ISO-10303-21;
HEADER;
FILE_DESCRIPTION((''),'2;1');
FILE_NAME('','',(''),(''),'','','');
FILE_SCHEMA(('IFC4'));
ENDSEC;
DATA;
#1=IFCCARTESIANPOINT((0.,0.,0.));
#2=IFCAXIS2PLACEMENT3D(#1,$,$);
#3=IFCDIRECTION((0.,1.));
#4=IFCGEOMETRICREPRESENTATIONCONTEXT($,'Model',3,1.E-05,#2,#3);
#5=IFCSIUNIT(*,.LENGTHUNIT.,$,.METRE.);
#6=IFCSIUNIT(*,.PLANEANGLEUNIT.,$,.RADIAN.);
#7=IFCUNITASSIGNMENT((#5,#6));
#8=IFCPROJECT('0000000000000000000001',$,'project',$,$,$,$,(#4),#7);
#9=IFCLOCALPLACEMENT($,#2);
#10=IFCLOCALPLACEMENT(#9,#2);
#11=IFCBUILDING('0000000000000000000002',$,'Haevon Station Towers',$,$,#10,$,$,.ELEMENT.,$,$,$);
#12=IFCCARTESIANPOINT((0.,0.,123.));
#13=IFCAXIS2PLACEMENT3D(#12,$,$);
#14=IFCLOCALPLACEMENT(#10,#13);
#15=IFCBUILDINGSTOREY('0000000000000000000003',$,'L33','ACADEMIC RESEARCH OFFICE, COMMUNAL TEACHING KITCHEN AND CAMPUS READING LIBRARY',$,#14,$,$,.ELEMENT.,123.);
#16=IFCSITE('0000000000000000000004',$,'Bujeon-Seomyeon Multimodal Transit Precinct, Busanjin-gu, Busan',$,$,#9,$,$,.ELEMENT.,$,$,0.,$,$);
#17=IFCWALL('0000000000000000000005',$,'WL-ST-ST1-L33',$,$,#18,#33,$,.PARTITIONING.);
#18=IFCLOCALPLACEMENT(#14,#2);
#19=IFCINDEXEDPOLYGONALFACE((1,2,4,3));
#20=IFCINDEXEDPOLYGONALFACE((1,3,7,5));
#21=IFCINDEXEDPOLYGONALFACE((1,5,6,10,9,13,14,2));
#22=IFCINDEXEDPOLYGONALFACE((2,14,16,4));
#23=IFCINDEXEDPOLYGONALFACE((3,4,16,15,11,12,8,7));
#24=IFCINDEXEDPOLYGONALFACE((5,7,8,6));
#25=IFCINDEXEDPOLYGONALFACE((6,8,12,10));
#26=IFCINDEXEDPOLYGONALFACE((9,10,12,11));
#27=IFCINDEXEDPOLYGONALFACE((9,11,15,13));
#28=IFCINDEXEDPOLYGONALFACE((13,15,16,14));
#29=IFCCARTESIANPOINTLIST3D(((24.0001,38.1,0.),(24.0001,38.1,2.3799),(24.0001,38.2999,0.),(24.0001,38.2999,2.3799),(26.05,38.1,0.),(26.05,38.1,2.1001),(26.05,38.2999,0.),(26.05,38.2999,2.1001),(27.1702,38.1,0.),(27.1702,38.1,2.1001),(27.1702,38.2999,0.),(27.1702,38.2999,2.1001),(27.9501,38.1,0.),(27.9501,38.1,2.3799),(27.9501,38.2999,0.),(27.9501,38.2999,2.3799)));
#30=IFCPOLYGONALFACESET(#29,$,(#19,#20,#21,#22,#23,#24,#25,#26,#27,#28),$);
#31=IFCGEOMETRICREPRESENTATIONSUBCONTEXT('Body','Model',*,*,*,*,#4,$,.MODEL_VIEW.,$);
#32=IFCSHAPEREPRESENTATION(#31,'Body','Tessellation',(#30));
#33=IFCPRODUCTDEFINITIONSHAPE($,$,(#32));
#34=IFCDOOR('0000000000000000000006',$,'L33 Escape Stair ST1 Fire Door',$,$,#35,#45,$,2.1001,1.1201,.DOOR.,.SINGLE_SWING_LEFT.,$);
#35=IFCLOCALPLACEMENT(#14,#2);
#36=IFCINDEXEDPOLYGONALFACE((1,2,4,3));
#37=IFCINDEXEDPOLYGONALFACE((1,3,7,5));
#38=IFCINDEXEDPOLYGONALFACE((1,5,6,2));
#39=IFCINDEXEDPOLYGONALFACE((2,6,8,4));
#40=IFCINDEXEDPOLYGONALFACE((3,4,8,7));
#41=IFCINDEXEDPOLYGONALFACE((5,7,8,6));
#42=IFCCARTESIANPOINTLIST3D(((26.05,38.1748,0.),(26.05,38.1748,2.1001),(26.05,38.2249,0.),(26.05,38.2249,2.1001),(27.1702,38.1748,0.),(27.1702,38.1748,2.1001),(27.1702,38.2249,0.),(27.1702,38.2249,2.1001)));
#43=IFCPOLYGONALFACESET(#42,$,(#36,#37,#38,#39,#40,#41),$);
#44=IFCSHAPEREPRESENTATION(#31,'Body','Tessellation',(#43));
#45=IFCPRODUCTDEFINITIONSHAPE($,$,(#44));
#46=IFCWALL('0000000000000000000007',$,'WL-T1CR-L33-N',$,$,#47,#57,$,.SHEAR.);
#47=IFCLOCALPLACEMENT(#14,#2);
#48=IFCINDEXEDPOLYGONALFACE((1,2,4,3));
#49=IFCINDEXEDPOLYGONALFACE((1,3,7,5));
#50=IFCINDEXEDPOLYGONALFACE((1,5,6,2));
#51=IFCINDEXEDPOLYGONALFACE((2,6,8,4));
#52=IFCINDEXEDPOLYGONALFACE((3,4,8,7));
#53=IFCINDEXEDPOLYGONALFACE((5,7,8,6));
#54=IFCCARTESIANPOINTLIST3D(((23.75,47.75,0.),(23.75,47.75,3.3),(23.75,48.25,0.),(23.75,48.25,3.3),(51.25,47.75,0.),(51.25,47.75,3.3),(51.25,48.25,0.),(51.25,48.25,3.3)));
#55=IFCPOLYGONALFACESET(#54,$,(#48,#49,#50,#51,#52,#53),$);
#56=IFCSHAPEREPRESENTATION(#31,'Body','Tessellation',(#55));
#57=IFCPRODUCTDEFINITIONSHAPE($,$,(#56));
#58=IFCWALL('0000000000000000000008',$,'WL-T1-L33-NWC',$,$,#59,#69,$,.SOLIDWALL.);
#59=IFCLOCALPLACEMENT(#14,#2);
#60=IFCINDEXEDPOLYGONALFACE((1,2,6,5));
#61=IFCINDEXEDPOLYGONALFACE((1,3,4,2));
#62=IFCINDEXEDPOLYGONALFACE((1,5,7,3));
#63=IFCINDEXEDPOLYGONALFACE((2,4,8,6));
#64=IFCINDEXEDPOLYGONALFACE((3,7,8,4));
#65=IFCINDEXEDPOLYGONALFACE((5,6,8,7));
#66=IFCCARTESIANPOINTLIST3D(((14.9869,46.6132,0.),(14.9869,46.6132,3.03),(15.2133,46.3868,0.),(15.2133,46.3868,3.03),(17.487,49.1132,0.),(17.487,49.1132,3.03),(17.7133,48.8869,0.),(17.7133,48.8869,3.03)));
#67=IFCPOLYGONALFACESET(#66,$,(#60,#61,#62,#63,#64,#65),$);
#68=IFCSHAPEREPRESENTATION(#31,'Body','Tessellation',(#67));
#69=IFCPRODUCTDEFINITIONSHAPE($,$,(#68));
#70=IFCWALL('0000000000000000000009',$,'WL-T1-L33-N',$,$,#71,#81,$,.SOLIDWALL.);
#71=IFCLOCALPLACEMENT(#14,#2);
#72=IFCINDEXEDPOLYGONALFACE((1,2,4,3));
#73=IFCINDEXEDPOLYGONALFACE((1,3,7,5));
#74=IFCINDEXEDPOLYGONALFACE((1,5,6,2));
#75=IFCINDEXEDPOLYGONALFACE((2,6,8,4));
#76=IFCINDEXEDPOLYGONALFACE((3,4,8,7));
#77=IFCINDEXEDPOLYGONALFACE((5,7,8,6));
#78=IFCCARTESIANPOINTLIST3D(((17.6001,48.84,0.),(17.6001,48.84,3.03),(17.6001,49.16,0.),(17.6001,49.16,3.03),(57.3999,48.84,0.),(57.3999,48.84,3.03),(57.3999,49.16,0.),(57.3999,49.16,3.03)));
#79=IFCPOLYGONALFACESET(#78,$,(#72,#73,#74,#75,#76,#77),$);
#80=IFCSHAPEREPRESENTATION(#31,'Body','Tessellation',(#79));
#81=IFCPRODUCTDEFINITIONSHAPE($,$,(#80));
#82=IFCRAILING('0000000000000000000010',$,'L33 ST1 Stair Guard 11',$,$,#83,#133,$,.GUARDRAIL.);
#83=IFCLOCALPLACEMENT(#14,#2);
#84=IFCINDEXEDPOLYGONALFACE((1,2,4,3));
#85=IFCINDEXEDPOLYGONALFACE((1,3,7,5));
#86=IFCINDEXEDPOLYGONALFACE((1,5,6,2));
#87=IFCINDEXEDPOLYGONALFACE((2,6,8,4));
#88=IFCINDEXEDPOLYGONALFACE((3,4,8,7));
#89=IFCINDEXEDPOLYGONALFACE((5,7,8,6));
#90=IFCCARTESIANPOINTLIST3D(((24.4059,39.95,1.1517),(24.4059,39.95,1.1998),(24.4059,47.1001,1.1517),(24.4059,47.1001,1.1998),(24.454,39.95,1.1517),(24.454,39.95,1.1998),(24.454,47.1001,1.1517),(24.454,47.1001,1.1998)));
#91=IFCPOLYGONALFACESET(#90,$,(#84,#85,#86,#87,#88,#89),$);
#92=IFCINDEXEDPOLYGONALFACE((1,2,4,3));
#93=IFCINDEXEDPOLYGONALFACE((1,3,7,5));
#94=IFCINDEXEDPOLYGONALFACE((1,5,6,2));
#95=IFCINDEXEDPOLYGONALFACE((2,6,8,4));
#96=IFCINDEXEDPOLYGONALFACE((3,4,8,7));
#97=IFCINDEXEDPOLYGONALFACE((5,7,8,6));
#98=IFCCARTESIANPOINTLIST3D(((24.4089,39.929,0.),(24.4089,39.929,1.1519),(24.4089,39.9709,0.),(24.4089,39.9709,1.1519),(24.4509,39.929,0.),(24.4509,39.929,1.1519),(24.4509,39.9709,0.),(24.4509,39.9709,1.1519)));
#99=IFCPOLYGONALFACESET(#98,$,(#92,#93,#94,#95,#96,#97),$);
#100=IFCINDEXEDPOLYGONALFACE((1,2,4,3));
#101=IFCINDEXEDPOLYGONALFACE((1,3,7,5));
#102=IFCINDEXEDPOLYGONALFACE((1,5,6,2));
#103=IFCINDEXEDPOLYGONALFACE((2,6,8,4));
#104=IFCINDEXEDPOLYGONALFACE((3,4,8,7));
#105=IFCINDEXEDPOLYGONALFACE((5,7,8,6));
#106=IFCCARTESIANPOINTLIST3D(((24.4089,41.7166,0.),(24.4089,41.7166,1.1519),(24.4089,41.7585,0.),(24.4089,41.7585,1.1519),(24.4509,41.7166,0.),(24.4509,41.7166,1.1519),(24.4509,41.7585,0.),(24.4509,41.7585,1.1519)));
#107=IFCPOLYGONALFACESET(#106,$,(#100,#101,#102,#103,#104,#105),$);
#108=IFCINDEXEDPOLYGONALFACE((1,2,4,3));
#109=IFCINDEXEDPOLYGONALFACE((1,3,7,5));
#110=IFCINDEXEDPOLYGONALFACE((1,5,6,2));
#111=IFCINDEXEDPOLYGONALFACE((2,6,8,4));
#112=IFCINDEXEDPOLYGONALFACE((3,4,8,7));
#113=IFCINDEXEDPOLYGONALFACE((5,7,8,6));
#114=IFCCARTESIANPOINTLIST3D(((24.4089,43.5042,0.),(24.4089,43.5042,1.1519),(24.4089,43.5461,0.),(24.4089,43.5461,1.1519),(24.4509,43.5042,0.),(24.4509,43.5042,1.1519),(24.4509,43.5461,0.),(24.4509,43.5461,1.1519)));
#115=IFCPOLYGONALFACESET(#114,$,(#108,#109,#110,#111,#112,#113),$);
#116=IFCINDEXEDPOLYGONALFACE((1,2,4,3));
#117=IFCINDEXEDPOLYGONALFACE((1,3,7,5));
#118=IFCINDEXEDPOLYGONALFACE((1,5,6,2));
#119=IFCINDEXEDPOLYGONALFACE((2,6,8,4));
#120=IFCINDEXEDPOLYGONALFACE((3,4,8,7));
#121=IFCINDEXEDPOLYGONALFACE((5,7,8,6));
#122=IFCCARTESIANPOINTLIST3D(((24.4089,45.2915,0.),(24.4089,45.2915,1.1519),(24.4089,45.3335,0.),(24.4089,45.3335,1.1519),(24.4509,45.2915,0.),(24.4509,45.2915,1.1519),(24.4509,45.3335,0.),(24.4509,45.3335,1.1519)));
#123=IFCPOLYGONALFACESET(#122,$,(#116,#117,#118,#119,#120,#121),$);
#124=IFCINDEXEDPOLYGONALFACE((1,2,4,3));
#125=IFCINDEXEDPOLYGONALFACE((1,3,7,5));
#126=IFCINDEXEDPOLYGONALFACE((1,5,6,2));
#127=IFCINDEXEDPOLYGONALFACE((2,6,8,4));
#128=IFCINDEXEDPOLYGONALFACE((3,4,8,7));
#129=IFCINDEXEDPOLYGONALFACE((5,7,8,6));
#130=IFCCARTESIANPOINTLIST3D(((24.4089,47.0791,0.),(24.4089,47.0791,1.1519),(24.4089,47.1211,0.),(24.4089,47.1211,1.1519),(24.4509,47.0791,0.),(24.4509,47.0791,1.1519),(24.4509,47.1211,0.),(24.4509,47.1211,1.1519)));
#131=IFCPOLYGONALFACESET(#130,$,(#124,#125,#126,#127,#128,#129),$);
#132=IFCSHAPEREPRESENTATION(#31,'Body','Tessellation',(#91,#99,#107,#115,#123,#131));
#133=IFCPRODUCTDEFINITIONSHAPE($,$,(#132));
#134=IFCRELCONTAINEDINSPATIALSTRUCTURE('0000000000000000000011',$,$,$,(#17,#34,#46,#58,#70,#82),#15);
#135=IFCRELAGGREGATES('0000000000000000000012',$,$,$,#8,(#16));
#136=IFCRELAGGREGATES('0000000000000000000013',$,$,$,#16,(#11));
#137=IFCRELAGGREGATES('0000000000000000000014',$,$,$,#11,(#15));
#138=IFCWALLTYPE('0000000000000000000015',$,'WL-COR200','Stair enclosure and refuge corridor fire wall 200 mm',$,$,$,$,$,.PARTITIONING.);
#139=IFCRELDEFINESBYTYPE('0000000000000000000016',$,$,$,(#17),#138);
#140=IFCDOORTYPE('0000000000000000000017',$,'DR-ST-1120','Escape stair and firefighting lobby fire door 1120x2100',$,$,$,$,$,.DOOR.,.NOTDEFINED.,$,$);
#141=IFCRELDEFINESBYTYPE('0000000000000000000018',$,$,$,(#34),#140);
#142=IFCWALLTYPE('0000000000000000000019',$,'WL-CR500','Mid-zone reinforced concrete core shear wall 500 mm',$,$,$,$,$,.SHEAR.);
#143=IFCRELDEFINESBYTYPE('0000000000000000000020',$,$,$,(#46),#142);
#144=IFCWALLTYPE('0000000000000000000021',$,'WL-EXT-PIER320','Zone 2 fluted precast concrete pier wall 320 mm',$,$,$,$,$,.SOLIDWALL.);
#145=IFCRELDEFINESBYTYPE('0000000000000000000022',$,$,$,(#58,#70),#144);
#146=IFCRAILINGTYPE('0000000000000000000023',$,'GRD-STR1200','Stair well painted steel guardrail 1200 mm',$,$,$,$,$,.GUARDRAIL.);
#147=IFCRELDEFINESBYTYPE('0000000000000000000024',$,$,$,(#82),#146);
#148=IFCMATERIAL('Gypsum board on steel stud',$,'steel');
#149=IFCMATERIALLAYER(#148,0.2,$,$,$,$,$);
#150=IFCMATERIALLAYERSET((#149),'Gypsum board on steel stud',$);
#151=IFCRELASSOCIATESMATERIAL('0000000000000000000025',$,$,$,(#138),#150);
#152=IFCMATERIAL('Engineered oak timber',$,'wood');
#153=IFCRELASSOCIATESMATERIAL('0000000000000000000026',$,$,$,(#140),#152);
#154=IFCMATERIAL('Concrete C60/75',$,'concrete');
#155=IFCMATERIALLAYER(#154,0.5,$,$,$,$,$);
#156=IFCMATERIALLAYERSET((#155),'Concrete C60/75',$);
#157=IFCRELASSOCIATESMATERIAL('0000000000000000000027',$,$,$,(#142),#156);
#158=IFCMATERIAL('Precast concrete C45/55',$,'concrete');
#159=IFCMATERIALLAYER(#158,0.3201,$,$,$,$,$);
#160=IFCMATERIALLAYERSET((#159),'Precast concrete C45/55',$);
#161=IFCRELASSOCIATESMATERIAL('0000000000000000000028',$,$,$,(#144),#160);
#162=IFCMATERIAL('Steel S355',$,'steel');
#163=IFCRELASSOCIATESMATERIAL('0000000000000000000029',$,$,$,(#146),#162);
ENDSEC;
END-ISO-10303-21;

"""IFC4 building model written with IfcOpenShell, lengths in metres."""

from ifc_helpers import new_model, si_unit, direction, frame, frame_2d, origin, origin_2d, place, context, subcontext, project, spatial, rectangle, extrude, material, layer, layer_set, type_object, element, fill, save


model = new_model("IFC4")

# Units and contexts
model_context = context("Model", 3, precision=1e-05, world=origin(), true_north=direction((0.0, 1.0)))
body_context = subcontext(model_context, "Body", "Model", "MODEL_VIEW")
ifc_project = project(units=[si_unit("LENGTHUNIT", "METRE"), si_unit("PLANEANGLEUNIT", "RADIAN")], contexts=[model_context])

# Site, building, storey
site_placement = place(None, origin())
site = spatial("IfcSite", under=ifc_project, at=site_placement, Name="Bujeon-Seomyeon Multimodal Transit Precinct, Busanjin-gu, Busan", CompositionType="ELEMENT", RefElevation=0.0)
building_placement = place(site_placement, origin())
building = spatial("IfcBuilding", under=site, at=building_placement, Name="Haevon Station Towers", CompositionType="ELEMENT")
storey_placement = place(building_placement, frame((0.0, 0.0, 123.0)))
storey = spatial("IfcBuildingStorey", under=building, at=storey_placement, Name="L33", Description="ACADEMIC RESEARCH OFFICE, COMMUNAL TEACHING KITCHEN AND CAMPUS READING LIBRARY", CompositionType="ELEMENT", Elevation=123.0)

# Shared definitions
ifc_material_1 = material(Name="Steel S355", Category="steel")

# Wall, opening, door
ifc_material_2 = material(Name="Gypsum board on steel stud", Category="steel")
ifc_layer_1 = layer(ifc_material_2, 0.2)
ifc_layer_set_1 = layer_set([ifc_layer_1], Name="Gypsum board on steel stud")
wall_type_1 = type_object("IfcWallType", Name="WL-COR200", Description="Stair enclosure and refuge corridor fire wall 200 mm", PredefinedType="PARTITIONING", material=ifc_layer_set_1)
wall_1_placement = place(storey_placement, frame((24.0, 38.2, 0.0), z_axis=(0.0, 0.0, 1.0), x_axis=(1.0, 0.0, 0.0)))
wall_1 = element("IfcWall", 1, at=wall_1_placement, inside=storey, type_object=wall_type_1, Name="WL-ST-ST1-L33", PredefinedType="PARTITIONING", context=body_context, shape_type="SweptSolid", body=[
    extrude(rectangle(XDim=3.95, YDim=0.2, at=frame_2d((1.9751, 0.0))), origin(), (0.0, 0.0, 1.0), 2.3799),
])
opening_placement = place(wall_1_placement, frame((2.05, 0.0, 0.0)))
opening = element("IfcOpeningElement", 2, at=opening_placement, cuts=wall_1, PredefinedType="OPENING", context=body_context, shape_type="SweptSolid", body=[
    extrude(rectangle(XDim=1.1201, YDim=2.1001, at=frame_2d((0.5601, 1.05))), frame((0.0, 0.1099, 0.0), z_axis=(0.0, -1.0, 0.0), x_axis=(1.0, 0.0, 0.0)), (0.0, 0.0, 1.0), 0.22),
])
ifc_material_3 = material(Name="Engineered oak timber", Category="wood")
door_type = type_object("IfcDoorType", Name="DR-ST-1120", Description="Escape stair and firefighting lobby fire door 1120x2100", OperationType="NOTDEFINED", PredefinedType="DOOR", material=ifc_material_3)
door_placement = place(opening_placement, origin())
door = element("IfcDoor", 3, at=door_placement, inside=storey, type_object=door_type, Name="L33 Escape Stair ST1 Fire Door", OperationType="SINGLE_SWING_LEFT", OverallHeight=2.1001, OverallWidth=1.1201, PredefinedType="DOOR", context=body_context, shape_type="SweptSolid", body=[
    extrude(rectangle(XDim=1.1201, YDim=2.1001, at=frame_2d((0.5601, 1.05))), frame((0.0, 0.0249, 0.0), z_axis=(0.0, -1.0, 0.0), x_axis=(1.0, 0.0, 0.0)), (0.0, 0.0, 1.0), 0.05),
])
fill(opening, door)

# Walls
ifc_material_4 = material(Name="Concrete C60/75", Category="concrete")
ifc_layer_2 = layer(ifc_material_4, 0.5)
ifc_layer_set_2 = layer_set([ifc_layer_2], Name="Concrete C60/75")
wall_type_2 = type_object("IfcWallType", Name="WL-CR500", Description="Mid-zone reinforced concrete core shear wall 500 mm", PredefinedType="SHEAR", material=ifc_layer_set_2)
wall_2_placement = place(storey_placement, frame((23.75, 48.0, 0.0), z_axis=(0.0, 0.0, 1.0), x_axis=(1.0, 0.0, 0.0)))
element("IfcWall", 4, at=wall_2_placement, inside=storey, type_object=wall_type_2, Name="WL-T1CR-L33-N", PredefinedType="SHEAR", context=body_context, shape_type="SweptSolid", body=[
    extrude(rectangle(XDim=27.5, YDim=0.5, at=frame_2d((13.75, 0.0))), origin(), (0.0, 0.0, 1.0), 3.3),
])
ifc_material_5 = material(Name="Precast concrete C45/55", Category="concrete")
ifc_layer_3 = layer(ifc_material_5, 0.3201)
ifc_layer_set_3 = layer_set([ifc_layer_3], Name="Precast concrete C45/55")
wall_type_3 = type_object("IfcWallType", Name="WL-EXT-PIER320", Description="Zone 2 fluted precast concrete pier wall 320 mm", PredefinedType="SOLIDWALL", material=ifc_layer_set_3)
wall_3_placement = place(storey_placement, frame((15.1001, 46.5, 0.0), z_axis=(0.0, 0.0, 1.0), x_axis=(0.707107, 0.707107, 0.0)))
element("IfcWall", 5, at=wall_3_placement, inside=storey, type_object=wall_type_3, Name="WL-T1-L33-NWC", PredefinedType="SOLIDWALL", context=body_context, shape_type="SweptSolid", body=[
    extrude(rectangle(XDim=3.5356, YDim=0.3201, at=frame_2d((1.7678, 0.0))), origin(), (0.0, 0.0, 1.0), 3.03),
])
wall_4_placement = place(storey_placement, frame((17.6001, 49.0, 0.0), z_axis=(0.0, 0.0, 1.0), x_axis=(1.0, 0.0, 0.0)))
element("IfcWall", 6, at=wall_4_placement, inside=storey, type_object=wall_type_3, Name="WL-T1-L33-N", PredefinedType="SOLIDWALL", context=body_context, shape_type="SweptSolid", body=[
    extrude(rectangle(XDim=39.7998, YDim=0.3201, at=frame_2d((19.8999, 0.0))), origin(), (0.0, 0.0, 1.0), 3.03),
])

# Railing
railing_type = type_object("IfcRailingType", Name="GRD-STR1200", Description="Stair well painted steel guardrail 1200 mm", PredefinedType="GUARDRAIL", material=ifc_material_1)
railing_placement = place(storey_placement, frame((24.4299, 39.95, 0.0)))
element("IfcRailing", 7, at=railing_placement, inside=storey, type_object=railing_type, Name="L33 ST1 Stair Guard 11", PredefinedType="GUARDRAIL", context=body_context, shape_type="SweptSolid", body=[
    extrude(rectangle(XDim=0.0481, YDim=0.0481, at=origin_2d()), frame((0.0, 0.0, 1.1758), z_axis=(0.0, 1.0, 0.0), x_axis=(-1.0, 0.0, 0.0)), (0.0, 0.0, 1.0), 7.1501),
    extrude(rectangle(XDim=0.042, YDim=0.042, at=origin_2d()), origin(), (0.0, 0.0, 1.0), 1.1519),
    extrude(rectangle(XDim=0.042, YDim=0.042, at=origin_2d()), frame((0.0, 1.7876, 0.0)), (0.0, 0.0, 1.0), 1.1519),
    extrude(rectangle(XDim=0.042, YDim=0.042, at=origin_2d()), frame((0.0, 3.5752, 0.0)), (0.0, 0.0, 1.0), 1.1519),
    extrude(rectangle(XDim=0.042, YDim=0.042, at=origin_2d()), frame((0.0, 5.3625, 0.0)), (0.0, 0.0, 1.0), 1.1519),
    extrude(rectangle(XDim=0.042, YDim=0.042, at=origin_2d()), frame((0.0, 7.1501, 0.0)), (0.0, 0.0, 1.0), 1.1519),
])

save(model, "model.ifc")
